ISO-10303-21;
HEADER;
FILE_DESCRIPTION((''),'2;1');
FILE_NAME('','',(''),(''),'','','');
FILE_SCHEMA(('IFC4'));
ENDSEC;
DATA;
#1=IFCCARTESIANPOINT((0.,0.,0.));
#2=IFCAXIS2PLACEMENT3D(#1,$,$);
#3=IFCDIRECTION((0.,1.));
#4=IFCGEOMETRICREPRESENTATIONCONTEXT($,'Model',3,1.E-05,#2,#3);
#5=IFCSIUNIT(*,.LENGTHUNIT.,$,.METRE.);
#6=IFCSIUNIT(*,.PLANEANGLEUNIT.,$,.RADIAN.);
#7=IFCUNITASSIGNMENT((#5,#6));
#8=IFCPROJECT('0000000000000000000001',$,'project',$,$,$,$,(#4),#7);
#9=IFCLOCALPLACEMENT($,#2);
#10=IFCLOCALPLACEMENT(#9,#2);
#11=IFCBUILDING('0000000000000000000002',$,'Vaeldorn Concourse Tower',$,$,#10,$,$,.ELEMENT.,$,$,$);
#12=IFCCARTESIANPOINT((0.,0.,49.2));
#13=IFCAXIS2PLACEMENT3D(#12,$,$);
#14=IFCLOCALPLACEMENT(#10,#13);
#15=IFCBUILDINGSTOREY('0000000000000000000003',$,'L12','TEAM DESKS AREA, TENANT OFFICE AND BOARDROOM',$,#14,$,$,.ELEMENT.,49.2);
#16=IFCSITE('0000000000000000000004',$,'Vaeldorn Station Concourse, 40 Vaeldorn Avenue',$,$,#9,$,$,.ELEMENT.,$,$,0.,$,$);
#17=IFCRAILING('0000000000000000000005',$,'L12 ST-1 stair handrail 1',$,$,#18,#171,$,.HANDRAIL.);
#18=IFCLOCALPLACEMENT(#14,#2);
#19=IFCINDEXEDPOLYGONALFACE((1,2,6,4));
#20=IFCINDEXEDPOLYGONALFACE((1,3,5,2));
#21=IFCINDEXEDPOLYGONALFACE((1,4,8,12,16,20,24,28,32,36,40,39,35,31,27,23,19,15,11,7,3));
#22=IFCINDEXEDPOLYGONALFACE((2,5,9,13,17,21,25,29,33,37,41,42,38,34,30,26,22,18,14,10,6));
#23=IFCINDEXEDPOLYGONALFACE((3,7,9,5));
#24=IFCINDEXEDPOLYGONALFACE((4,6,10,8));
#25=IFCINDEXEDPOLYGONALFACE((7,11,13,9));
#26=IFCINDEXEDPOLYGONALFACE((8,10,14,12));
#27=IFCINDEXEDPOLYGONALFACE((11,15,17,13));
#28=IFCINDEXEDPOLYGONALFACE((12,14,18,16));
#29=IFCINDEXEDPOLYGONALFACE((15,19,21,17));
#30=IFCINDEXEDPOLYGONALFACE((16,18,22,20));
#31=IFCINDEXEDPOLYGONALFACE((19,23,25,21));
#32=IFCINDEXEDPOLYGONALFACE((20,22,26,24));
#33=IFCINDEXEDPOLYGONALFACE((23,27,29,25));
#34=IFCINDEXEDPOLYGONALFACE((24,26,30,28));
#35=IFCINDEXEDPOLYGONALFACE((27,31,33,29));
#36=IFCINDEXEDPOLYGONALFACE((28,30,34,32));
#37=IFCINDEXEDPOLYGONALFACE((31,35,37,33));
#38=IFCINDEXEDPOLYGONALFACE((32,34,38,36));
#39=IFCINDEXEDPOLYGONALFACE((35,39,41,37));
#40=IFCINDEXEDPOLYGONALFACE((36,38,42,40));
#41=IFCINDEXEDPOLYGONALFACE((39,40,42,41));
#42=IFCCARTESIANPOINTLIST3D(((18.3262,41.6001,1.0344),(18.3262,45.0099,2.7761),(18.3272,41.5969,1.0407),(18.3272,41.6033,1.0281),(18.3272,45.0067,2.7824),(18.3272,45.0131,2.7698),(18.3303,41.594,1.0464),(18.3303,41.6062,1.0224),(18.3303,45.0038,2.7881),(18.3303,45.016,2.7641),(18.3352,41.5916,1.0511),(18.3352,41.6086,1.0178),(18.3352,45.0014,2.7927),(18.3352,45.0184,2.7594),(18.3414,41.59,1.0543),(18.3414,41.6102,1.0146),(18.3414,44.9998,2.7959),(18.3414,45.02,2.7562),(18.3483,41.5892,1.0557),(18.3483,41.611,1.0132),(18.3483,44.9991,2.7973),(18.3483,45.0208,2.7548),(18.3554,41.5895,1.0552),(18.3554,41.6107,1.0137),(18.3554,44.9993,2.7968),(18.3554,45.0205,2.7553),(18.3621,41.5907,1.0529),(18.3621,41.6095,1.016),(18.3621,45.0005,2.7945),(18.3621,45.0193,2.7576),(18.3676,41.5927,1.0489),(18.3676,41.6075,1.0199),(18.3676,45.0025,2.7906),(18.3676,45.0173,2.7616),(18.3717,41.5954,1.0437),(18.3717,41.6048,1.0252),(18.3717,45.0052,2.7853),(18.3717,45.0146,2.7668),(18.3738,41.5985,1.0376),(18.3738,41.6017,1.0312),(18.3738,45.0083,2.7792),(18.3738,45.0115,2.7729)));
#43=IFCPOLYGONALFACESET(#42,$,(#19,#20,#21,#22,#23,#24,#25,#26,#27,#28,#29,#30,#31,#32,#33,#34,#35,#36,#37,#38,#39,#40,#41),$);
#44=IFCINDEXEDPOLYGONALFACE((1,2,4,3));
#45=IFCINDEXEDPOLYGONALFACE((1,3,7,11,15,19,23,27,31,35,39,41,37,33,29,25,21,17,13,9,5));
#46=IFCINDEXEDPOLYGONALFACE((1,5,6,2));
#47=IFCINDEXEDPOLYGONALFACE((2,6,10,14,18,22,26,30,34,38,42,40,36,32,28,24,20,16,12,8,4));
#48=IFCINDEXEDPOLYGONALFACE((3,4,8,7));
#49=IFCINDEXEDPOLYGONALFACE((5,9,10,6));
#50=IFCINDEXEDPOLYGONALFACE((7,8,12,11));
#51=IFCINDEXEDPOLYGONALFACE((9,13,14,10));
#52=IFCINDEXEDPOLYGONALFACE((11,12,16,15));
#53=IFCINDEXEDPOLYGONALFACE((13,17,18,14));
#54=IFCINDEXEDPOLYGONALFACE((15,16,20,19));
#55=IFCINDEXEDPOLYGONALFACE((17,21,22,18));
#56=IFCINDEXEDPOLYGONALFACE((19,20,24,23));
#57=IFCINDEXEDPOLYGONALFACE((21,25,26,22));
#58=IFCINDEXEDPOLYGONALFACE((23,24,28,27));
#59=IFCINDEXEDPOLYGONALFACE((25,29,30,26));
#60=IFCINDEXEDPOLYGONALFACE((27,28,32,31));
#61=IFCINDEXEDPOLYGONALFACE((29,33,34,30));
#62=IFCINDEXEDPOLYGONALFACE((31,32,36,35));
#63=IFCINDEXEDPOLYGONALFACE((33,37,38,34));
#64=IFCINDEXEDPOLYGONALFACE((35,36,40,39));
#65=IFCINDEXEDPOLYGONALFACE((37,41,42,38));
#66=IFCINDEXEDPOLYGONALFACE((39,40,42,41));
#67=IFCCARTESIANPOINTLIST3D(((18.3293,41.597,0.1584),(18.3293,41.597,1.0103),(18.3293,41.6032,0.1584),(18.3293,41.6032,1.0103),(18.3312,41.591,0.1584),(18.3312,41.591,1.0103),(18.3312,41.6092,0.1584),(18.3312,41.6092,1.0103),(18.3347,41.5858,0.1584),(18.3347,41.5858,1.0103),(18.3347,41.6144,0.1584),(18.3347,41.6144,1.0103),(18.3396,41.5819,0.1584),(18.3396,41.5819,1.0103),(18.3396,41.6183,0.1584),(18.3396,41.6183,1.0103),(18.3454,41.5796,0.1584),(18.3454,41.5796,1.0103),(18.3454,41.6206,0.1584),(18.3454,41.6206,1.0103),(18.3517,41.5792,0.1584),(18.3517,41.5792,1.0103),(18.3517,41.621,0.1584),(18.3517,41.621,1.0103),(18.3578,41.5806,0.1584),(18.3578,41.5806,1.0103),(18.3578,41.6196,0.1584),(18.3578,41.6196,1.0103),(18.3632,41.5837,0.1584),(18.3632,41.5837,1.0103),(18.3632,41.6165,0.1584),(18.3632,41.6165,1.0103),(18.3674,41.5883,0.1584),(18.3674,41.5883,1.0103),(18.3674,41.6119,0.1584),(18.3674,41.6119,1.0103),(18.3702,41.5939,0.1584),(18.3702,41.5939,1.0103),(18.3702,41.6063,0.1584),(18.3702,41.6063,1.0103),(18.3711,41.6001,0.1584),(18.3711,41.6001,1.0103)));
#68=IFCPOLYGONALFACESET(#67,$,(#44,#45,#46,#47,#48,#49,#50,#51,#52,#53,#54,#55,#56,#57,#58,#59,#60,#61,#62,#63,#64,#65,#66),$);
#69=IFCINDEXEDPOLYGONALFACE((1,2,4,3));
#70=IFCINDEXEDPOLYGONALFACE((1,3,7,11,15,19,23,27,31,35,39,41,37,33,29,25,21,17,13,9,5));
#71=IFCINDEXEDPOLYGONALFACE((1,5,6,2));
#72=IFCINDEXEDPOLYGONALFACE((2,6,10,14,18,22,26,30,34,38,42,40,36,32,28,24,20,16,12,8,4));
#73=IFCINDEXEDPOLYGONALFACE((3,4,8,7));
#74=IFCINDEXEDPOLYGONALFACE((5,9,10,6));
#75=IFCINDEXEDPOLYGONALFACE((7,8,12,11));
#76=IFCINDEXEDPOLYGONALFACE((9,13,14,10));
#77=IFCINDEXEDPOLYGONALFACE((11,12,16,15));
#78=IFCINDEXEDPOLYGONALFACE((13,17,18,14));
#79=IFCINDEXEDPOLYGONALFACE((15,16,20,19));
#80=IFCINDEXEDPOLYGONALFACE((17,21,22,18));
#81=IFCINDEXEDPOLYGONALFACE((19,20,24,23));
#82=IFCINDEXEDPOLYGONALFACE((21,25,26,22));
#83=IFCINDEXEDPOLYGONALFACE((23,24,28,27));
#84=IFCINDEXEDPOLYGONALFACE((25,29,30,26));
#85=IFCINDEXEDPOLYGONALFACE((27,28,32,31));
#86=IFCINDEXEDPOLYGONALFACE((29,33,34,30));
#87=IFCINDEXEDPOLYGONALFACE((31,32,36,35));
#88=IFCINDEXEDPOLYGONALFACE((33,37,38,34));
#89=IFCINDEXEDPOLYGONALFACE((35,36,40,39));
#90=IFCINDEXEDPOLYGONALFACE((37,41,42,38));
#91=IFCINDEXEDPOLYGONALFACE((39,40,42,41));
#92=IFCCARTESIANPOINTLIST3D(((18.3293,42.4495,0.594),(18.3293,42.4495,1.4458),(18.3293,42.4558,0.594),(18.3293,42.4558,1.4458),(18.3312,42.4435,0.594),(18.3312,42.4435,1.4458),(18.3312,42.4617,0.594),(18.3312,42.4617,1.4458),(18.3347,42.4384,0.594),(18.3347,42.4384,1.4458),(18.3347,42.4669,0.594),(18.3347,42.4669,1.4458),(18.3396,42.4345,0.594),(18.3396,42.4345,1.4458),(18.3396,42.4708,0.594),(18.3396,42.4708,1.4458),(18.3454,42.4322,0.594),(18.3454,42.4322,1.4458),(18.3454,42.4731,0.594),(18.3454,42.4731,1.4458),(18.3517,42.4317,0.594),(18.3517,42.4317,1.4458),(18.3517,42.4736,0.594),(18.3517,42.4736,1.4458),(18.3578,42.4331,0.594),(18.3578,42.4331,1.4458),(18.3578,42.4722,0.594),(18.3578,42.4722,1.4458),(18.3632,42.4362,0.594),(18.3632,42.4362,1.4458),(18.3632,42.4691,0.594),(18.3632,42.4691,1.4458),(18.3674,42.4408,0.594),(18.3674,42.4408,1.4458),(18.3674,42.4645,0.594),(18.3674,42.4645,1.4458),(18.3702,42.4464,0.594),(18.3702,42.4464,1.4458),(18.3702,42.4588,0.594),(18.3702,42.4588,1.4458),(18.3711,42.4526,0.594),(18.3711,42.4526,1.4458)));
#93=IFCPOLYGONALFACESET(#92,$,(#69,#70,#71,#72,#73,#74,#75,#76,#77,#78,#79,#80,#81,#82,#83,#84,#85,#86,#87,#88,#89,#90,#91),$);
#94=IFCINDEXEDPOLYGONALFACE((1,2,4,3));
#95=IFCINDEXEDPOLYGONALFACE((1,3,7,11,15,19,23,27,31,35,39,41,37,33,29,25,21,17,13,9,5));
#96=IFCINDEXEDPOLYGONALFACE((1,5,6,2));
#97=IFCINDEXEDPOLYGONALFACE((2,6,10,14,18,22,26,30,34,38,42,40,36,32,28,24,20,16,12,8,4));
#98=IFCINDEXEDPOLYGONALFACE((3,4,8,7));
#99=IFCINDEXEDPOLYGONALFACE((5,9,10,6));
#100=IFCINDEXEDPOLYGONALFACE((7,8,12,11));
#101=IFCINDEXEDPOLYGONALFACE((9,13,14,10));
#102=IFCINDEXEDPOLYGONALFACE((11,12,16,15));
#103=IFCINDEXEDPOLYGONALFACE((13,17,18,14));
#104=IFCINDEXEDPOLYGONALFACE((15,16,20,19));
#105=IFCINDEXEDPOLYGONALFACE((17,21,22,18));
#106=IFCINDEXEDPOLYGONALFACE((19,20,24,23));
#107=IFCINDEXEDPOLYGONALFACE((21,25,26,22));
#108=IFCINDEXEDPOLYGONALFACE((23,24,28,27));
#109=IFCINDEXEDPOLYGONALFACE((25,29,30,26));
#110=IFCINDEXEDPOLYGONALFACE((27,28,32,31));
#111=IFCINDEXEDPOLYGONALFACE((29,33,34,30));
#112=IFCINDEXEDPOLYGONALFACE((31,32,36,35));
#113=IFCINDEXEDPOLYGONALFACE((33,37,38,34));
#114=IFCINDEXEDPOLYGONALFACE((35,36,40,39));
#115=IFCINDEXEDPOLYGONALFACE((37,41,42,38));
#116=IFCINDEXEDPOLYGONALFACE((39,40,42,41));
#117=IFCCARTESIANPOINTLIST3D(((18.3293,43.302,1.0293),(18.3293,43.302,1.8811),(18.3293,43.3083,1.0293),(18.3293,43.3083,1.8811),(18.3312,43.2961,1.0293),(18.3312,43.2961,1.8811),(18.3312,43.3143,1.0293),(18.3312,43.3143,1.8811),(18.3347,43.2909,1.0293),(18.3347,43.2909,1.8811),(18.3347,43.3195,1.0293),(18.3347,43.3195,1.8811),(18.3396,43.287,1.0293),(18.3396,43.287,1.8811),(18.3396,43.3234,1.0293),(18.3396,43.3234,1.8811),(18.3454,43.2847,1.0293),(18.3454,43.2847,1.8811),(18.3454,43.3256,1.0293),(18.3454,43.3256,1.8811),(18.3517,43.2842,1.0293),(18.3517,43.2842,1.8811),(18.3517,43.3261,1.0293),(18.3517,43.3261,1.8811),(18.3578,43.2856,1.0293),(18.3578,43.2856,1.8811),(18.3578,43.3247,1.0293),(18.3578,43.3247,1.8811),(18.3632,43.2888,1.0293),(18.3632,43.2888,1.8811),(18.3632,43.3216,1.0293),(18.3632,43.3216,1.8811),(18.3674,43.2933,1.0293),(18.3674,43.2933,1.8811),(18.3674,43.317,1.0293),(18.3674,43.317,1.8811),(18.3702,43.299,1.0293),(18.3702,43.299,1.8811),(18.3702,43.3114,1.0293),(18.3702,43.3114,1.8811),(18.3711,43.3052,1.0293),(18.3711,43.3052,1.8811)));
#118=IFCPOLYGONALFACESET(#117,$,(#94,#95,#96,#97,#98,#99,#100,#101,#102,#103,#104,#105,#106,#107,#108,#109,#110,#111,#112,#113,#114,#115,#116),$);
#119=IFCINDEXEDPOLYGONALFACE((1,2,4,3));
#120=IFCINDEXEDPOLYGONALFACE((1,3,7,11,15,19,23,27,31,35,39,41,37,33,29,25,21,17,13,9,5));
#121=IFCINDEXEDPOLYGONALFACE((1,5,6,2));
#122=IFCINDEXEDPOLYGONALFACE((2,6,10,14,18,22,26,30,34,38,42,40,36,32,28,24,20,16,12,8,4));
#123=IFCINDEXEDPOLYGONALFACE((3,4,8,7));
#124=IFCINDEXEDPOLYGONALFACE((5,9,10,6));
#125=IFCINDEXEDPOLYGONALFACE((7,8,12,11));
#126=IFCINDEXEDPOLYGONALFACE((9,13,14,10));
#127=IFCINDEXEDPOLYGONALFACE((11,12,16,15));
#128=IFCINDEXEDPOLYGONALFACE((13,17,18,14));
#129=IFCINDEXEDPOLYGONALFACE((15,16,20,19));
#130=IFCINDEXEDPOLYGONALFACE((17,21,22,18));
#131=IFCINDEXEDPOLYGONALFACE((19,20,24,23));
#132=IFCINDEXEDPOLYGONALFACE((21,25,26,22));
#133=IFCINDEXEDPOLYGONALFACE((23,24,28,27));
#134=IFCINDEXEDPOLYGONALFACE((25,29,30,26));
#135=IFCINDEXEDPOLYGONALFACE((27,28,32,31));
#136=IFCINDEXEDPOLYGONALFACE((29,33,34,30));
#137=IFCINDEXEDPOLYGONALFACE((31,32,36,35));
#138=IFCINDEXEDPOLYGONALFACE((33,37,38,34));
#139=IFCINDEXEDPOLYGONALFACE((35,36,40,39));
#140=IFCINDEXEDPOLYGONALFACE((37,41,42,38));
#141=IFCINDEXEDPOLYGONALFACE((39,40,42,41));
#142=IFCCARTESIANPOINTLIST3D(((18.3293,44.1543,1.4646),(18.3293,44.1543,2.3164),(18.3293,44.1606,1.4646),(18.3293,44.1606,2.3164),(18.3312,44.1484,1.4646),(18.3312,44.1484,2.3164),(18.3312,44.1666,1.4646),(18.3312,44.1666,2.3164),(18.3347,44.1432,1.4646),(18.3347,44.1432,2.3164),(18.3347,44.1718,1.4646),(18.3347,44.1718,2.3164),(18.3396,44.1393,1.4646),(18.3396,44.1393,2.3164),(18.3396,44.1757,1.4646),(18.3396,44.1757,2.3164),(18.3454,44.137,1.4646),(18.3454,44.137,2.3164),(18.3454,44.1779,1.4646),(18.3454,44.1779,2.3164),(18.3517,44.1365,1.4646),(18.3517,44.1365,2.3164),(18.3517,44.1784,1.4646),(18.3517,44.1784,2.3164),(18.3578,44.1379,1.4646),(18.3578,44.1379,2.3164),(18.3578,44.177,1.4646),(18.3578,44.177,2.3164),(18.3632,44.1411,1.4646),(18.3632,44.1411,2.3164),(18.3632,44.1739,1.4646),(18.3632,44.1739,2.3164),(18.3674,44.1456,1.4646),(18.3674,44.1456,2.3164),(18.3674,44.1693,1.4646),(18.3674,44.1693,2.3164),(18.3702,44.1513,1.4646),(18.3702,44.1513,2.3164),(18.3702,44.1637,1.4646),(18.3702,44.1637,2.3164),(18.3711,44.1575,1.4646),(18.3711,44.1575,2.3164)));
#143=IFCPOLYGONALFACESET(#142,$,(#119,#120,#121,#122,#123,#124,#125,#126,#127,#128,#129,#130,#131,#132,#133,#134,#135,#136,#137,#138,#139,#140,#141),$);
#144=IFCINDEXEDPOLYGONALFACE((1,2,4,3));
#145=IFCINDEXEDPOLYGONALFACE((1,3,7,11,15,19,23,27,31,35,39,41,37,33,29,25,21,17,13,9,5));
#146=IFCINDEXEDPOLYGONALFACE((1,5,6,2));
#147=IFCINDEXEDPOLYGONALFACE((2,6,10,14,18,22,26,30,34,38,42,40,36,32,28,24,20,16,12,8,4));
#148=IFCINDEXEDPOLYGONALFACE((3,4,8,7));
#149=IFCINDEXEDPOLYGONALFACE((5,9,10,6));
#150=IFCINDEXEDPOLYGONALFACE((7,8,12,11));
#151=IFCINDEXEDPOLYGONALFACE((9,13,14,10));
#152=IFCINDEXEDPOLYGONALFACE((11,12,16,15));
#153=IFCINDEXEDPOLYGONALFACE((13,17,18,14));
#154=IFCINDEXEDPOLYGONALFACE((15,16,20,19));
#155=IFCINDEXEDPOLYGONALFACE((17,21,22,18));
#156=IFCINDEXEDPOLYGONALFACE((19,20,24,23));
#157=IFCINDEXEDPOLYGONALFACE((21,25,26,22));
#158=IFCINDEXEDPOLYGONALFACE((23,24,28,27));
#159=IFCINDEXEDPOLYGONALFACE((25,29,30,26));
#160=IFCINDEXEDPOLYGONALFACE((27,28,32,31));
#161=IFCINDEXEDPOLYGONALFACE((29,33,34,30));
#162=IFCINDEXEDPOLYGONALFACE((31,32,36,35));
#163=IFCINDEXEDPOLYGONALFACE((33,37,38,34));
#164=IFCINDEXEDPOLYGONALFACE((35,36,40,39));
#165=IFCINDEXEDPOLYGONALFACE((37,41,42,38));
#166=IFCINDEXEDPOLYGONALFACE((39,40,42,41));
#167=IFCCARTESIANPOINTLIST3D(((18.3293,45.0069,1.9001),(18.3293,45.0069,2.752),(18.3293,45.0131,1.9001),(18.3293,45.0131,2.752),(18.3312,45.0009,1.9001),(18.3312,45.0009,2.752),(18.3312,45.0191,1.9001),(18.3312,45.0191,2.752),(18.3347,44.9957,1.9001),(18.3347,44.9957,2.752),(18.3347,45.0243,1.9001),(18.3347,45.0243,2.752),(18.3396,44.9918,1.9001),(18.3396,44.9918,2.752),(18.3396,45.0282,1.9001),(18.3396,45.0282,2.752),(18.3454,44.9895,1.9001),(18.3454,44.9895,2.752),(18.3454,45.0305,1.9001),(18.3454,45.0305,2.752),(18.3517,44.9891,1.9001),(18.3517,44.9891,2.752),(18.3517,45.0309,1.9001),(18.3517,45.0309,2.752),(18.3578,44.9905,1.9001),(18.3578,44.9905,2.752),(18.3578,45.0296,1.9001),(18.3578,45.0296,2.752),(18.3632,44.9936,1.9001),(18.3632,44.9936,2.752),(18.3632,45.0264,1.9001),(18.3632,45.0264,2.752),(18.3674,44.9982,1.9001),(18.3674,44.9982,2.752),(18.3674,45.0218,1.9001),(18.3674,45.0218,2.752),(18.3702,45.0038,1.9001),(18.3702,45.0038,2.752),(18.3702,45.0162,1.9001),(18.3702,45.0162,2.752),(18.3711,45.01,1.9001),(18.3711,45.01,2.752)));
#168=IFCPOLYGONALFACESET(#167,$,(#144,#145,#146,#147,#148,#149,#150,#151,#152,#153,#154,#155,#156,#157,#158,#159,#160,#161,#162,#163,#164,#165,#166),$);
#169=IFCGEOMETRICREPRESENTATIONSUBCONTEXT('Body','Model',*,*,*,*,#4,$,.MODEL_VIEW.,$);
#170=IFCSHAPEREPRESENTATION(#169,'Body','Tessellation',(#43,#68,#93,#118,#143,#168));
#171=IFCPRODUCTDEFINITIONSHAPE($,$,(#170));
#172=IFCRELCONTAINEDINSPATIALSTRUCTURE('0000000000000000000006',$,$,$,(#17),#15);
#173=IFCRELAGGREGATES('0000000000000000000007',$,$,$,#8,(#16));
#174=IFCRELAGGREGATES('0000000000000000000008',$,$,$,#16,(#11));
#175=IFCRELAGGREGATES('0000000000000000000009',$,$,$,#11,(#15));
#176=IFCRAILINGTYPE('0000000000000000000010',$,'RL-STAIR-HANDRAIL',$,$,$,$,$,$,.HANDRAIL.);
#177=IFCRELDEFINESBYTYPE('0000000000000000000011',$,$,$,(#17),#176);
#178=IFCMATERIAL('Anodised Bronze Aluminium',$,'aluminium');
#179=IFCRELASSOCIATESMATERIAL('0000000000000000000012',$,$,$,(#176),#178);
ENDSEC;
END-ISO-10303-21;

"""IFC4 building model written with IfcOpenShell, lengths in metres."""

from ifc_helpers import new_model, si_unit, direction, frame, origin, origin_2d, place, context, subcontext, project, spatial, circle, extrude, material, type_object, element, save


model = new_model("IFC4")

# Units and contexts
model_context = context("Model", 3, precision=1e-05, world=origin(), true_north=direction((0.0, 1.0)))
body_context = subcontext(model_context, "Body", "Model", "MODEL_VIEW")
ifc_project = project(units=[si_unit("LENGTHUNIT", "METRE"), si_unit("PLANEANGLEUNIT", "RADIAN")], contexts=[model_context])

# Site, building, storey
site_placement = place(None, origin())
site = spatial("IfcSite", under=ifc_project, at=site_placement, Name="Vaeldorn Station Concourse, 40 Vaeldorn Avenue", CompositionType="ELEMENT", RefElevation=0.0)
building_placement = place(site_placement, origin())
building = spatial("IfcBuilding", under=site, at=building_placement, Name="Vaeldorn Concourse Tower", CompositionType="ELEMENT")
storey_placement = place(building_placement, frame((0.0, 0.0, 49.2)))
storey = spatial("IfcBuildingStorey", under=building, at=storey_placement, Name="L12", Description="TEAM DESKS AREA, TENANT OFFICE AND BOARDROOM", CompositionType="ELEMENT", Elevation=49.2)

# Shared definitions
ifc_material_1 = material(Name="Anodised Bronze Aluminium", Category="aluminium")

# Railing
railing_type_1 = type_object("IfcRailingType", Name="RL-STAIR-HANDRAIL", PredefinedType="HANDRAIL", material=ifc_material_1)
railing_1_placement = place(storey_placement, frame((18.3501, 41.6001, 0.1584)))
element("IfcRailing", 1, at=railing_1_placement, inside=storey, type_object=railing_type_1, Name="L12 ST-1 stair handrail 1", PredefinedType="HANDRAIL", context=body_context, shape_type="SweptSolid", body=[
    extrude(circle(Radius=0.0239, at=origin_2d()), frame((0.0, 0.0, 0.876), z_axis=(0.0, 0.890556, 0.454874), x_axis=(-1.0, 0.0, 0.0)), (0.0, 0.0, 1.0), 3.8289),
    extrude(circle(Radius=0.021, at=origin_2d()), origin(), (0.0, 0.0, 1.0), 0.8518),
    extrude(circle(Radius=0.021, at=origin_2d()), frame((0.0, 0.8525, 0.4355)), (0.0, 0.0, 1.0), 0.8518),
    extrude(circle(Radius=0.021, at=origin_2d()), frame((0.0, 1.7051, 0.8708)), (0.0, 0.0, 1.0), 0.8518),
    extrude(circle(Radius=0.021, at=origin_2d()), frame((0.0, 2.5574, 1.3062)), (0.0, 0.0, 1.0), 0.8518),
    extrude(circle(Radius=0.021, at=origin_2d()), frame((0.0, 3.4099, 1.7417)), (0.0, 0.0, 1.0), 0.8518),
])

save(model, "model.ifc")
